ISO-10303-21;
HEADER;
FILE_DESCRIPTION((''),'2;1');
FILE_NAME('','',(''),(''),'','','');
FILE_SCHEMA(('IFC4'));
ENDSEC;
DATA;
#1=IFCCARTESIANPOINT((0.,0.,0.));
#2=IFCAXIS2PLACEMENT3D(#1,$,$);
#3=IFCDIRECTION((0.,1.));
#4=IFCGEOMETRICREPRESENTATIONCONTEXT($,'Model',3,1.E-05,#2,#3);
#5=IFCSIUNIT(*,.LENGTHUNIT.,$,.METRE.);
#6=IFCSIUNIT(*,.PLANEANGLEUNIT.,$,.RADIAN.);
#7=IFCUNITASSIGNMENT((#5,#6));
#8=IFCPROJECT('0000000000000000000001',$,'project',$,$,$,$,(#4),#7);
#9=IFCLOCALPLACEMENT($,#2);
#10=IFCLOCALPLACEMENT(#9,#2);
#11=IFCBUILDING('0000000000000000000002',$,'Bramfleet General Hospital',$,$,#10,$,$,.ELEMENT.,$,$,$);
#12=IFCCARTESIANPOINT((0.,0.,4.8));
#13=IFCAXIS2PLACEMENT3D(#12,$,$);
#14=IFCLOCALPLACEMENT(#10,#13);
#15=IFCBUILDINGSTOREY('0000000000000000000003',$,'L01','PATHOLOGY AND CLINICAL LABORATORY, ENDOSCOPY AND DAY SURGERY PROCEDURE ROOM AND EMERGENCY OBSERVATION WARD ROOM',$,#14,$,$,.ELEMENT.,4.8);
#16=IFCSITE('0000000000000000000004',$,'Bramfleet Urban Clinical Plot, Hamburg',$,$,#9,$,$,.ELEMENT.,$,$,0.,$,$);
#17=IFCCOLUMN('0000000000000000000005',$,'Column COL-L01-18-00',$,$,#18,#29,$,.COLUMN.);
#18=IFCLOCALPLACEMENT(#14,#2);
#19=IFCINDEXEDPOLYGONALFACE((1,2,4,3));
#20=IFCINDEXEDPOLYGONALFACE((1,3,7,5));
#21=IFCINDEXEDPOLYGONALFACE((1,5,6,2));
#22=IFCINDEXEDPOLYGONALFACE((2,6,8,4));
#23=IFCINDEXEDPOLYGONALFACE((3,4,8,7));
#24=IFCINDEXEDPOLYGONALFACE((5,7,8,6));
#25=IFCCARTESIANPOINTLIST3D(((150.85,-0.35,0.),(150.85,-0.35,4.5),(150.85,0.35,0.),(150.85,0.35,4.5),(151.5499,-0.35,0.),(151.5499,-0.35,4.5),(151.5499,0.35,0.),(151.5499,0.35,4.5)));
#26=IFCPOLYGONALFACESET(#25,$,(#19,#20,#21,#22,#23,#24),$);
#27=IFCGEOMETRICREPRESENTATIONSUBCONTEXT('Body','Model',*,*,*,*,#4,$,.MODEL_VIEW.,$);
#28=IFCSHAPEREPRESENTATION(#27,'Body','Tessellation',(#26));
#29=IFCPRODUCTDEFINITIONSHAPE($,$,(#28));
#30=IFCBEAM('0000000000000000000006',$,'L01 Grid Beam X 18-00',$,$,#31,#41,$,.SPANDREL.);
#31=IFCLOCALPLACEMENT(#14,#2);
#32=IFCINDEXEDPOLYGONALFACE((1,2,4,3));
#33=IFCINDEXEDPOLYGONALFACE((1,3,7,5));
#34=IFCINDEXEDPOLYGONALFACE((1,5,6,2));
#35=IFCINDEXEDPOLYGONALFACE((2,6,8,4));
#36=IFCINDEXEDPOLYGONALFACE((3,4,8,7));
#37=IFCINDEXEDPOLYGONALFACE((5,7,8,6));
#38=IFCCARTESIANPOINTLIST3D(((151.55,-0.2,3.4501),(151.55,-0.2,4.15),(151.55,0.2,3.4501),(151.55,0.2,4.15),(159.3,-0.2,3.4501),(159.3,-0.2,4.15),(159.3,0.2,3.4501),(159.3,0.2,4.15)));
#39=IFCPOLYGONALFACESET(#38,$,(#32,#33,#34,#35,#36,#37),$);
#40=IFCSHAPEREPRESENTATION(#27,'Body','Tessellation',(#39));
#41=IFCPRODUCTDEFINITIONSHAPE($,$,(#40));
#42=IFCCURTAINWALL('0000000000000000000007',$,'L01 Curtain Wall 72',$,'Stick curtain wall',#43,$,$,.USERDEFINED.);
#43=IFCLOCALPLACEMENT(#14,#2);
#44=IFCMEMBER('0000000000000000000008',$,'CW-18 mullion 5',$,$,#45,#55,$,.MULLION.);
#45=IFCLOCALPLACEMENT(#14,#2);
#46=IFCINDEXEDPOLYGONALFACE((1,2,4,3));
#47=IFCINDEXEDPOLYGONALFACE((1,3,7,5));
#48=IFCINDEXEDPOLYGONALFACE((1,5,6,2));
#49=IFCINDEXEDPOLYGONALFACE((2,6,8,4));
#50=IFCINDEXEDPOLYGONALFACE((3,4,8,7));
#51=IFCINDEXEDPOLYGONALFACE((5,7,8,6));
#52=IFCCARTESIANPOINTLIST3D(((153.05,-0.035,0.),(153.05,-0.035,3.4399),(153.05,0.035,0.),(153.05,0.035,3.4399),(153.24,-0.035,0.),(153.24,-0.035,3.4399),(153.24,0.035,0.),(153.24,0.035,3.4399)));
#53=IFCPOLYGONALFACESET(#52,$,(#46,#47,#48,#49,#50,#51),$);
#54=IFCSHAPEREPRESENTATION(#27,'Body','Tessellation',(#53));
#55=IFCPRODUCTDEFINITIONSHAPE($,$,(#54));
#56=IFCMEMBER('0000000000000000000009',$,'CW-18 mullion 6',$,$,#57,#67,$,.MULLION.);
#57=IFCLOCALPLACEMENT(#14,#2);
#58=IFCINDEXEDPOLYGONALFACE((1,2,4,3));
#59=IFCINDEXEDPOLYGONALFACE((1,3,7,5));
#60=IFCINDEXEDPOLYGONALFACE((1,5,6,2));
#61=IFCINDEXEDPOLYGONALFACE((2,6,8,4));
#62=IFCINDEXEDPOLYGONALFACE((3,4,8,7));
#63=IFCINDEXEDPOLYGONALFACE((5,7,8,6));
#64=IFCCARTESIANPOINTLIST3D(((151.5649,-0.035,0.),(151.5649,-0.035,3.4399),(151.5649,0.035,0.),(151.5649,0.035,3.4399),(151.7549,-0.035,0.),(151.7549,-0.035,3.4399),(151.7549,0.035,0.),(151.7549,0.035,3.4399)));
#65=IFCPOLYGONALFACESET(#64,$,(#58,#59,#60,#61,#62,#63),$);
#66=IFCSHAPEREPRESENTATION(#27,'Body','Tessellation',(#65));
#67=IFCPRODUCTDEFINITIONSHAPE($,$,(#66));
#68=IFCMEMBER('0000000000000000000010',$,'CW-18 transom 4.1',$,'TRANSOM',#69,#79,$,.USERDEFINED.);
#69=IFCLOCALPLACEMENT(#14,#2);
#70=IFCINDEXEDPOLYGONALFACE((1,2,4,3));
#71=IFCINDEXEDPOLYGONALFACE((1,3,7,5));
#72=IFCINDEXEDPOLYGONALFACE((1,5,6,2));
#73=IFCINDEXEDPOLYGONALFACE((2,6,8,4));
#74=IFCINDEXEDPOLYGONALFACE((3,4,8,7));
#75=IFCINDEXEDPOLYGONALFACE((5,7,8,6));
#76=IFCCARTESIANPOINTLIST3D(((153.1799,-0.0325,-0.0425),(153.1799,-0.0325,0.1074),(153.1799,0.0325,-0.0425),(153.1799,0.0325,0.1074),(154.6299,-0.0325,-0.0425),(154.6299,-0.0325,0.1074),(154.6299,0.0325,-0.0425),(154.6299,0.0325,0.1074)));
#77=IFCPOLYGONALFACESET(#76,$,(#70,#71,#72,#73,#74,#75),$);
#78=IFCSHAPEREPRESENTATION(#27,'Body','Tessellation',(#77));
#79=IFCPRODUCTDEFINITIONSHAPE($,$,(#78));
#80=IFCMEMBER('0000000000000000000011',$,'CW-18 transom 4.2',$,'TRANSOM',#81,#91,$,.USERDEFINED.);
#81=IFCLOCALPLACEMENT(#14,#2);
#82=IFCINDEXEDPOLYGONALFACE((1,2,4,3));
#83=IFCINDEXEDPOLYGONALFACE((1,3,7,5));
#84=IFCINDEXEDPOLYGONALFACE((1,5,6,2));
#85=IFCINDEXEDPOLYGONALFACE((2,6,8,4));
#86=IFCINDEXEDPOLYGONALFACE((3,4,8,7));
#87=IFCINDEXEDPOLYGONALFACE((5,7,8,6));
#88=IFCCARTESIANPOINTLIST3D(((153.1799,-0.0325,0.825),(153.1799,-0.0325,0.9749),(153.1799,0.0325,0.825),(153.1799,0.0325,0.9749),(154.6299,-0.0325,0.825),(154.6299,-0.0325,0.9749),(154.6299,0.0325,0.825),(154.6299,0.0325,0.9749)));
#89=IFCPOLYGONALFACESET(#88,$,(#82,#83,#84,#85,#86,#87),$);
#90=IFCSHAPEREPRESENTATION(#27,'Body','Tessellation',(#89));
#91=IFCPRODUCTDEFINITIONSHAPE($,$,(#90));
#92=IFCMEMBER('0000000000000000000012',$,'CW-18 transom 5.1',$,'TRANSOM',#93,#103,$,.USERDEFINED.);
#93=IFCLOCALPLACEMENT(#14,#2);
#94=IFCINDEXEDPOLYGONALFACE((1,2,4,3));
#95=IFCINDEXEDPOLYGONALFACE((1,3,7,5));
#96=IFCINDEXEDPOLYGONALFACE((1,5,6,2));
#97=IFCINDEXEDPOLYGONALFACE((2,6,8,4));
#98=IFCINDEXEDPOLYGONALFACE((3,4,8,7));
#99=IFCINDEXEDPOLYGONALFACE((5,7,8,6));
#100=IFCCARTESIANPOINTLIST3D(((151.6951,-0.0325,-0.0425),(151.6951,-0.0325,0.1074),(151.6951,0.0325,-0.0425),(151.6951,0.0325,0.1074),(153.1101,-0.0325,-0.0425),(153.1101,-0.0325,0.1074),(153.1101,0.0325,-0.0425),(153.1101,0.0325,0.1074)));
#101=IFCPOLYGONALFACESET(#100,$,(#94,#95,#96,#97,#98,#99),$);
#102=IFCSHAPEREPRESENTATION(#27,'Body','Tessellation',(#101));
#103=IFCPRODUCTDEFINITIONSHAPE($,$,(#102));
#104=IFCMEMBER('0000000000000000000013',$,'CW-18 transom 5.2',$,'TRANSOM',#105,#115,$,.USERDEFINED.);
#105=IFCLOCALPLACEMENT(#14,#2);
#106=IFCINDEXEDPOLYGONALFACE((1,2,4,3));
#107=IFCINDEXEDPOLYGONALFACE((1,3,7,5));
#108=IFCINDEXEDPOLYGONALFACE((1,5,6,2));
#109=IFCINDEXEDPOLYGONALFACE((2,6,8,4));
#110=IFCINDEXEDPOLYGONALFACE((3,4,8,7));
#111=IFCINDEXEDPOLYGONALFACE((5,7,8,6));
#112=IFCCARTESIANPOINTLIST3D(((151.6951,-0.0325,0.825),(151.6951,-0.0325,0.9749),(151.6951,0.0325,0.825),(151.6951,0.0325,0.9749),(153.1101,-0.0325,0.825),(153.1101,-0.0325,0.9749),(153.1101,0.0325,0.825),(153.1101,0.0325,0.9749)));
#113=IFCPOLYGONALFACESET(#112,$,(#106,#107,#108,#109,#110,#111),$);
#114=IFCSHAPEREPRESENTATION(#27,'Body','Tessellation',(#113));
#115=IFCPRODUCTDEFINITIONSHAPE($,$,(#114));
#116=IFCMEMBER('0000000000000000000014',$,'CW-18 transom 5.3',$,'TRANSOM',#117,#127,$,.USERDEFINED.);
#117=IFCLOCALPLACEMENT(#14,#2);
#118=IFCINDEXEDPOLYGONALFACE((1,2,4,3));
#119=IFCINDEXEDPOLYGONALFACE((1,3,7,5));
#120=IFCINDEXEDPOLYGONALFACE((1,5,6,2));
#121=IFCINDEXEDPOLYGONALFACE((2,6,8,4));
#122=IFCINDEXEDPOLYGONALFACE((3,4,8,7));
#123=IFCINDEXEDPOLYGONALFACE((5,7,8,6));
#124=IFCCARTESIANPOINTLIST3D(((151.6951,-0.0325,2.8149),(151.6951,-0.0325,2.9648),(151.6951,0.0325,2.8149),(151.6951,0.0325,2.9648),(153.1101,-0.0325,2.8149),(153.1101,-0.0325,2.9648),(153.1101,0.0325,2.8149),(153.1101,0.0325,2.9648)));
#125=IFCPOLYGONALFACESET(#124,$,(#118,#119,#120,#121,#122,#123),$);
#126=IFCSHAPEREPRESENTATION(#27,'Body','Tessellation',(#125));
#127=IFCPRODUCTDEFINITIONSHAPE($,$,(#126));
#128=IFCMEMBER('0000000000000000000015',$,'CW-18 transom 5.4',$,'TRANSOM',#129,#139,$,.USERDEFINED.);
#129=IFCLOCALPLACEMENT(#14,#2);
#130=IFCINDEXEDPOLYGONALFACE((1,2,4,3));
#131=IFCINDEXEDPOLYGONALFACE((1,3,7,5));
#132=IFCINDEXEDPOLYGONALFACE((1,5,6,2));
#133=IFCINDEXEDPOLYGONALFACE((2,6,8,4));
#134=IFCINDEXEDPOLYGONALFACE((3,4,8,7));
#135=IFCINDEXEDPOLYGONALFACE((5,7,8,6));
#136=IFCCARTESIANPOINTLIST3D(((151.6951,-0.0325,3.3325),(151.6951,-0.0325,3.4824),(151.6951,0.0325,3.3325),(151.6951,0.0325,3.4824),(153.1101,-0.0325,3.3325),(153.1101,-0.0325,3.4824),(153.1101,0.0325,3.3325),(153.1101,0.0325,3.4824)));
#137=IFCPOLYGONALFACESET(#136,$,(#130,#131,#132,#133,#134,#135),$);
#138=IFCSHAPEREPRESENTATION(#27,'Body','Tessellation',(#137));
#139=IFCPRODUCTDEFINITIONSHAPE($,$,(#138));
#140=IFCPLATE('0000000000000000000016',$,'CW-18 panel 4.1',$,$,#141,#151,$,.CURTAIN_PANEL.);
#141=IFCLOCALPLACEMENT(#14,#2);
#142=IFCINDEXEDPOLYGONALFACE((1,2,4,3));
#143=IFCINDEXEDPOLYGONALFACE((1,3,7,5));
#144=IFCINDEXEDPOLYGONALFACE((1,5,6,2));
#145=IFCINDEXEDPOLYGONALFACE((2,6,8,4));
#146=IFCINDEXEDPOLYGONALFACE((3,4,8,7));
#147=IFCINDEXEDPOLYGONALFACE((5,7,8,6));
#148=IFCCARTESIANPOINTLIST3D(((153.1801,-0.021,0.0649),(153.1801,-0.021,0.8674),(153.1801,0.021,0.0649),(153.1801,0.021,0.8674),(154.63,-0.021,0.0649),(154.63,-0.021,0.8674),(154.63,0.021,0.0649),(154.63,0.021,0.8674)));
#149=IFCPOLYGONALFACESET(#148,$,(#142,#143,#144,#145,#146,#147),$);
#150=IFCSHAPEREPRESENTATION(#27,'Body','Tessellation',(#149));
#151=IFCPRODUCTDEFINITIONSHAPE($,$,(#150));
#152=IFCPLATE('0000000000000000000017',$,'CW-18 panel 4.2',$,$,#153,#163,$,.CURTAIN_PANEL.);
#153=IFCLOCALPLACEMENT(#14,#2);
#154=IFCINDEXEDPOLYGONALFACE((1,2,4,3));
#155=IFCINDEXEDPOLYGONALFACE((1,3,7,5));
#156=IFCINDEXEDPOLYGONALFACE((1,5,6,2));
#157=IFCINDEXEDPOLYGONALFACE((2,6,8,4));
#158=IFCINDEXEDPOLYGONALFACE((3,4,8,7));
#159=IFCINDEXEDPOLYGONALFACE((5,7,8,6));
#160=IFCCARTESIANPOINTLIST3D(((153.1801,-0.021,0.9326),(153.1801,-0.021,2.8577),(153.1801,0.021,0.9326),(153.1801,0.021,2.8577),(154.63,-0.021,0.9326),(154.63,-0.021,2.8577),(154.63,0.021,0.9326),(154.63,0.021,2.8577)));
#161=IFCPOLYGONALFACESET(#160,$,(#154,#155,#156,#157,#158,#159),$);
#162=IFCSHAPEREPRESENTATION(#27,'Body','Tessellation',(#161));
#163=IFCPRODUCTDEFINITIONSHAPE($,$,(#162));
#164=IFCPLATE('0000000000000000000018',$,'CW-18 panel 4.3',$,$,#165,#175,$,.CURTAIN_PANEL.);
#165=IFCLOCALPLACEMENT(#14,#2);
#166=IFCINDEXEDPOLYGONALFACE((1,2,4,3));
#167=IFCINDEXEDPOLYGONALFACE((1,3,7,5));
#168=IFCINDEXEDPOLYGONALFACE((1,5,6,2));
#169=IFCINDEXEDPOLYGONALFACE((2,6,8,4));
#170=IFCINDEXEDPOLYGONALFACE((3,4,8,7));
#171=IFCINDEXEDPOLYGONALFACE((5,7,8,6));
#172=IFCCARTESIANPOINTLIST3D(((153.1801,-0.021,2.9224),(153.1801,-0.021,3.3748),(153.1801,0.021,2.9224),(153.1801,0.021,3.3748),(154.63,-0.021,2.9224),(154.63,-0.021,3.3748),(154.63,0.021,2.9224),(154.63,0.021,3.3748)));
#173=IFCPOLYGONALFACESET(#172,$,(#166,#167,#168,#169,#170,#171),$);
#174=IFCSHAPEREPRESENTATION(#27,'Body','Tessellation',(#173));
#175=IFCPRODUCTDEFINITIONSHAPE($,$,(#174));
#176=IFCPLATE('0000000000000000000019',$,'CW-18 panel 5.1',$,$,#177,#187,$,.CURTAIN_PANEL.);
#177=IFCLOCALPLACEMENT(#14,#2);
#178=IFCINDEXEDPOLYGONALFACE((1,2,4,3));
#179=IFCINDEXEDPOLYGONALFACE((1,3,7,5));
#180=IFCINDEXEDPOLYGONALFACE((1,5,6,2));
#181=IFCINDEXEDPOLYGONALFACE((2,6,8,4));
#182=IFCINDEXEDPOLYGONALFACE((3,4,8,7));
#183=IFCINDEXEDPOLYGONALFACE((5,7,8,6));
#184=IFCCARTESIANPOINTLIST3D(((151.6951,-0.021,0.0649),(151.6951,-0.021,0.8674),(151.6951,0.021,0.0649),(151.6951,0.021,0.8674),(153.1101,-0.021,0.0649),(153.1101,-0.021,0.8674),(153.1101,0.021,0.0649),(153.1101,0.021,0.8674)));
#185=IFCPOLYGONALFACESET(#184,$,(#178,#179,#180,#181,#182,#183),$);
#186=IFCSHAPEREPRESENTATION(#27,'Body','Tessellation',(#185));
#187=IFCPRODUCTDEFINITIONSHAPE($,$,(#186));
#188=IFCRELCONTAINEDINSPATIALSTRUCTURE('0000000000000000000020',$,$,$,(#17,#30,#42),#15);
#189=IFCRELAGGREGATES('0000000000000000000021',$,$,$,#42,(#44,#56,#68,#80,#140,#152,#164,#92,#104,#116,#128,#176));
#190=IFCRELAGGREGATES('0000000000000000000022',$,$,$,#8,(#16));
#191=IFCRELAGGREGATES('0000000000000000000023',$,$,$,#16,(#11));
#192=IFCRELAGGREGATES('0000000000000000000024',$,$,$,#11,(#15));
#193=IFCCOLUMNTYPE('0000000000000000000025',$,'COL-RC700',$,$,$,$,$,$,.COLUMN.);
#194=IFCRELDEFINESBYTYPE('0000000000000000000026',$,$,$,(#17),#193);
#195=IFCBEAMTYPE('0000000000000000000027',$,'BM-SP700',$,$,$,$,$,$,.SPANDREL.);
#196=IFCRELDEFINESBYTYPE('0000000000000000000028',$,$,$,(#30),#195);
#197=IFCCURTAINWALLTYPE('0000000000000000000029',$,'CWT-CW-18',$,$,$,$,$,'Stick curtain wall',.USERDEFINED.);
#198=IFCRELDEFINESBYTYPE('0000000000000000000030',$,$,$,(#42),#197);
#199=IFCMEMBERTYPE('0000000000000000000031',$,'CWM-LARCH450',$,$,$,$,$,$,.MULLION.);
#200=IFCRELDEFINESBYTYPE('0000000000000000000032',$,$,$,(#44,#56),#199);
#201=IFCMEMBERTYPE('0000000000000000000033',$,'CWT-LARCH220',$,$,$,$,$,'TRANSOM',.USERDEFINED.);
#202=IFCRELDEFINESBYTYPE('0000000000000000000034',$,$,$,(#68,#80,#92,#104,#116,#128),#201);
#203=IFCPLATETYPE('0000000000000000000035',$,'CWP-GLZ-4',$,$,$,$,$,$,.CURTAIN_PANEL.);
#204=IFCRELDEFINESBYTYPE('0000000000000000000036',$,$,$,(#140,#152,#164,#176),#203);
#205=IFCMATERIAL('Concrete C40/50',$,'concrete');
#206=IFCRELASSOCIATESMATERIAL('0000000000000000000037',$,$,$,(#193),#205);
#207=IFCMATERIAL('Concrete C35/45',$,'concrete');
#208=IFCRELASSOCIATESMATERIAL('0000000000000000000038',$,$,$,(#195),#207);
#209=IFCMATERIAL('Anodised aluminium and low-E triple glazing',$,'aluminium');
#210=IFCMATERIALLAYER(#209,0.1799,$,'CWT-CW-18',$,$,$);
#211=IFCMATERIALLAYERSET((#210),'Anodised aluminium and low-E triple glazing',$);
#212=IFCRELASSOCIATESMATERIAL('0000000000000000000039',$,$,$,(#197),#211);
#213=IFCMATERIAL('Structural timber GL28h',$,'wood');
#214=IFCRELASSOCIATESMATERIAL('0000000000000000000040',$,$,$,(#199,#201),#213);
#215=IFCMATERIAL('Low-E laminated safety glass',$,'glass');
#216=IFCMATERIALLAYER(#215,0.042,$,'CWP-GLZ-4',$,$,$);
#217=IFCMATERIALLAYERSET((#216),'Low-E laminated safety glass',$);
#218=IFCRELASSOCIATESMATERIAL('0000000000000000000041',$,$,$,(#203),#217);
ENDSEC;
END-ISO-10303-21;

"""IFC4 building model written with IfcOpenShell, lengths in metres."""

from ifc_helpers import new_model, si_unit, direction, frame, origin, origin_2d, place, context, subcontext, project, spatial, rectangle, extrude, material, layer, layer_set, material_profile, profile_set, type_object, element, aggregate, save


model = new_model("IFC4")

# Units and contexts
model_context = context("Model", 3, precision=1e-05, world=origin(), true_north=direction((0.0, 1.0)))
body_context = subcontext(model_context, "Body", "Model", "MODEL_VIEW")
ifc_project = project(units=[si_unit("LENGTHUNIT", "METRE"), si_unit("PLANEANGLEUNIT", "RADIAN")], contexts=[model_context])

# Site, building, storey
site_placement = place(None, origin())
site = spatial("IfcSite", under=ifc_project, at=site_placement, Name="Bramfleet Urban Clinical Plot, Hamburg", CompositionType="ELEMENT", RefElevation=0.0)
building_placement = place(site_placement, origin())
building = spatial("IfcBuilding", under=site, at=building_placement, Name="Bramfleet General Hospital", CompositionType="ELEMENT")
storey_placement = place(building_placement, frame((0.0, 0.0, 4.8)))
storey = spatial("IfcBuildingStorey", under=building, at=storey_placement, Name="L01", Description="PATHOLOGY AND CLINICAL LABORATORY, ENDOSCOPY AND DAY SURGERY PROCEDURE ROOM AND EMERGENCY OBSERVATION WARD ROOM", CompositionType="ELEMENT", Elevation=4.8)

# Column
ifc_material_1 = material(Name="Concrete C40/50", Category="concrete")
ifc_material_profile_1 = material_profile(ifc_material_1, rectangle(XDim=0.7, YDim=0.7, at=origin_2d()), Name="RC COL 700x700")
ifc_profile_set_1 = profile_set([ifc_material_profile_1], Name="Concrete C40/50")
column_type = type_object("IfcColumnType", Name="COL-RC700", PredefinedType="COLUMN", material=ifc_profile_set_1)
column_placement = place(storey_placement, frame((151.2, 0.0, 0.0), z_axis=(0.0, 0.0, 1.0), x_axis=(1.0, 0.0, 0.0)))
element("IfcColumn", 1, at=column_placement, inside=storey, type_object=column_type, Name="Column COL-L01-18-00", PredefinedType="COLUMN", context=body_context, shape_type="SweptSolid", body=[
    extrude(rectangle(XDim=0.7, YDim=0.7, at=origin_2d()), origin(), (0.0, 0.0, 1.0), 4.5),
])

# Beam
ifc_material_2 = material(Name="Concrete C35/45", Category="concrete")
ifc_material_profile_2 = material_profile(ifc_material_2, rectangle(XDim=0.3999, YDim=0.7, at=origin_2d()), Name="RC SP 700x400")
ifc_profile_set_2 = profile_set([ifc_material_profile_2], Name="Concrete C35/45")
beam_type = type_object("IfcBeamType", Name="BM-SP700", PredefinedType="SPANDREL", material=ifc_profile_set_2)
beam_placement = place(storey_placement, frame((151.55, 0.0, 3.8), z_axis=(1.0, 0.0, 0.0), x_axis=(0.0, 1.0, 0.0)))
element("IfcBeam", 2, at=beam_placement, inside=storey, type_object=beam_type, Name="L01 Grid Beam X 18-00", PredefinedType="SPANDREL", context=body_context, shape_type="SweptSolid", body=[
    extrude(rectangle(XDim=0.3999, YDim=0.7, at=origin_2d()), origin(), (0.0, 0.0, 1.0), 7.75),
])

# Curtain wall, members, plates
ifc_material_3 = material(Name="Anodised aluminium and low-E triple glazing", Category="aluminium")
ifc_layer_1 = layer(ifc_material_3, 0.1799, Name="CWT-CW-18")
ifc_layer_set_1 = layer_set([ifc_layer_1], Name="Anodised aluminium and low-E triple glazing")
curtain_wall_type = type_object("IfcCurtainWallType", Name="CWT-CW-18", ElementType="Stick curtain wall", PredefinedType="USERDEFINED", material=ifc_layer_set_1)
curtain_wall_placement = place(storey_placement, origin())
curtain_wall = element("IfcCurtainWall", 3, at=curtain_wall_placement, inside=storey, type_object=curtain_wall_type, Name="L01 Curtain Wall 72", ObjectType="Stick curtain wall", PredefinedType="USERDEFINED")
ifc_material_4 = material(Name="Structural timber GL28h", Category="wood")
ifc_material_profile_3 = material_profile(ifc_material_4, rectangle(XDim=0.0701, YDim=0.1899, at=origin_2d()), Name="LARCH 190x70")
ifc_profile_set_3 = profile_set([ifc_material_profile_3], Name="Structural timber GL28h")
member_type_1 = type_object("IfcMemberType", Name="CWM-LARCH450", PredefinedType="MULLION", material=ifc_profile_set_3)
member_1_placement = place(storey_placement, frame((153.145, 0.0, 0.0), z_axis=(0.0, 0.0, 1.0), x_axis=(0.0, -1.0, 0.0)))
member_1 = element("IfcMember", 4, at=member_1_placement, type_object=member_type_1, Name="CW-18 mullion 5", PredefinedType="MULLION", context=body_context, shape_type="SweptSolid", body=[
    extrude(rectangle(XDim=0.0701, YDim=0.1899, at=origin_2d()), origin(), (0.0, 0.0, 1.0), 3.4399),
])
member_2_placement = place(storey_placement, frame((151.6599, 0.0, 0.0), z_axis=(0.0, 0.0, 1.0), x_axis=(0.0, -1.0, 0.0)))
member_2 = element("IfcMember", 5, at=member_2_placement, type_object=member_type_1, Name="CW-18 mullion 6", PredefinedType="MULLION", context=body_context, shape_type="SweptSolid", body=[
    extrude(rectangle(XDim=0.0701, YDim=0.1899, at=origin_2d()), origin(), (0.0, 0.0, 1.0), 3.4399),
])
ifc_material_profile_4 = material_profile(ifc_material_4, rectangle(XDim=0.0649, YDim=0.1499, at=origin_2d()), Name="LARCH 150x65")
ifc_profile_set_4 = profile_set([ifc_material_profile_4], Name="Structural timber GL28h")
member_type_2 = type_object("IfcMemberType", Name="CWT-LARCH220", ElementType="TRANSOM", PredefinedType="USERDEFINED", material=ifc_profile_set_4)
member_3_placement = place(storey_placement, frame((154.6299, 0.0, 0.0325), z_axis=(-1.0, 0.0, 0.0), x_axis=(0.0, -1.0, 0.0)))
member_3 = element("IfcMember", 6, at=member_3_placement, type_object=member_type_2, Name="CW-18 transom 4.1", ObjectType="TRANSOM", PredefinedType="USERDEFINED", context=body_context, shape_type="SweptSolid", body=[
    extrude(rectangle(XDim=0.0649, YDim=0.1499, at=origin_2d()), origin(), (0.0, 0.0, 1.0), 1.45),
])
member_4_placement = place(storey_placement, frame((154.6299, 0.0, 0.8999), z_axis=(-1.0, 0.0, 0.0), x_axis=(0.0, -1.0, 0.0)))
member_4 = element("IfcMember", 7, at=member_4_placement, type_object=member_type_2, Name="CW-18 transom 4.2", ObjectType="TRANSOM", PredefinedType="USERDEFINED", context=body_context, shape_type="SweptSolid", body=[
    extrude(rectangle(XDim=0.0649, YDim=0.1499, at=origin_2d()), origin(), (0.0, 0.0, 1.0), 1.45),
])
member_5_placement = place(storey_placement, frame((153.1101, 0.0, 0.0325), z_axis=(-1.0, 0.0, 0.0), x_axis=(0.0, -1.0, 0.0)))
member_5 = element("IfcMember", 8, at=member_5_placement, type_object=member_type_2, Name="CW-18 transom 5.1", ObjectType="TRANSOM", PredefinedType="USERDEFINED", context=body_context, shape_type="SweptSolid", body=[
    extrude(rectangle(XDim=0.0649, YDim=0.1499, at=origin_2d()), origin(), (0.0, 0.0, 1.0), 1.415),
])
member_6_placement = place(storey_placement, frame((153.1101, 0.0, 0.8999), z_axis=(-1.0, 0.0, 0.0), x_axis=(0.0, -1.0, 0.0)))
member_6 = element("IfcMember", 9, at=member_6_placement, type_object=member_type_2, Name="CW-18 transom 5.2", ObjectType="TRANSOM", PredefinedType="USERDEFINED", context=body_context, shape_type="SweptSolid", body=[
    extrude(rectangle(XDim=0.0649, YDim=0.1499, at=origin_2d()), origin(), (0.0, 0.0, 1.0), 1.415),
])
member_7_placement = place(storey_placement, frame((153.1101, 0.0, 2.8899), z_axis=(-1.0, 0.0, 0.0), x_axis=(0.0, -1.0, 0.0)))
member_7 = element("IfcMember", 10, at=member_7_placement, type_object=member_type_2, Name="CW-18 transom 5.3", ObjectType="TRANSOM", PredefinedType="USERDEFINED", context=body_context, shape_type="SweptSolid", body=[
    extrude(rectangle(XDim=0.0649, YDim=0.1499, at=origin_2d()), origin(), (0.0, 0.0, 1.0), 1.415),
])
member_8_placement = place(storey_placement, frame((153.1101, 0.0, 3.4075), z_axis=(-1.0, 0.0, 0.0), x_axis=(0.0, -1.0, 0.0)))
member_8 = element("IfcMember", 11, at=member_8_placement, type_object=member_type_2, Name="CW-18 transom 5.4", ObjectType="TRANSOM", PredefinedType="USERDEFINED", context=body_context, shape_type="SweptSolid", body=[
    extrude(rectangle(XDim=0.0649, YDim=0.1499, at=origin_2d()), origin(), (0.0, 0.0, 1.0), 1.415),
])
ifc_material_5 = material(Name="Low-E laminated safety glass", Category="glass")
ifc_layer_2 = layer(ifc_material_5, 0.042, Name="CWP-GLZ-4")
ifc_layer_set_2 = layer_set([ifc_layer_2], Name="Low-E laminated safety glass")
plate_type = type_object("IfcPlateType", Name="CWP-GLZ-4", PredefinedType="CURTAIN_PANEL", material=ifc_layer_set_2)
plate_1_placement = place(storey_placement, frame((153.905, 0.0, 0.0649), z_axis=(0.0, 0.0, 1.0), x_axis=(-1.0, 0.0, 0.0)))
plate_1 = element("IfcPlate", 12, at=plate_1_placement, type_object=plate_type, Name="CW-18 panel 4.1", PredefinedType="CURTAIN_PANEL", context=body_context, shape_type="SweptSolid", body=[
    extrude(rectangle(XDim=1.45, YDim=0.042, at=origin_2d()), origin(), (0.0, 0.0, 1.0), 0.8025),
])
plate_2_placement = place(storey_placement, frame((153.905, 0.0, 0.9326), z_axis=(0.0, 0.0, 1.0), x_axis=(-1.0, 0.0, 0.0)))
plate_2 = element("IfcPlate", 13, at=plate_2_placement, type_object=plate_type, Name="CW-18 panel 4.2", PredefinedType="CURTAIN_PANEL", context=body_context, shape_type="SweptSolid", body=[
    extrude(rectangle(XDim=1.45, YDim=0.042, at=origin_2d()), origin(), (0.0, 0.0, 1.0), 1.925),
])
plate_3_placement = place(storey_placement, frame((153.905, 0.0, 2.9224), z_axis=(0.0, 0.0, 1.0), x_axis=(-1.0, 0.0, 0.0)))
plate_3 = element("IfcPlate", 14, at=plate_3_placement, type_object=plate_type, Name="CW-18 panel 4.3", PredefinedType="CURTAIN_PANEL", context=body_context, shape_type="SweptSolid", body=[
    extrude(rectangle(XDim=1.45, YDim=0.042, at=origin_2d()), origin(), (0.0, 0.0, 1.0), 0.4524),
])
plate_4_placement = place(storey_placement, frame((152.4026, 0.0, 0.0649), z_axis=(0.0, 0.0, 1.0), x_axis=(-1.0, 0.0, 0.0)))
plate_4 = element("IfcPlate", 15, at=plate_4_placement, type_object=plate_type, Name="CW-18 panel 5.1", PredefinedType="CURTAIN_PANEL", context=body_context, shape_type="SweptSolid", body=[
    extrude(rectangle(XDim=1.415, YDim=0.042, at=origin_2d()), origin(), (0.0, 0.0, 1.0), 0.8025),
])
aggregate(curtain_wall, [member_1, member_2, member_3, member_4, plate_1, plate_2, plate_3, member_5, member_6, member_7, member_8, plate_4])

save(model, "model.ifc")
